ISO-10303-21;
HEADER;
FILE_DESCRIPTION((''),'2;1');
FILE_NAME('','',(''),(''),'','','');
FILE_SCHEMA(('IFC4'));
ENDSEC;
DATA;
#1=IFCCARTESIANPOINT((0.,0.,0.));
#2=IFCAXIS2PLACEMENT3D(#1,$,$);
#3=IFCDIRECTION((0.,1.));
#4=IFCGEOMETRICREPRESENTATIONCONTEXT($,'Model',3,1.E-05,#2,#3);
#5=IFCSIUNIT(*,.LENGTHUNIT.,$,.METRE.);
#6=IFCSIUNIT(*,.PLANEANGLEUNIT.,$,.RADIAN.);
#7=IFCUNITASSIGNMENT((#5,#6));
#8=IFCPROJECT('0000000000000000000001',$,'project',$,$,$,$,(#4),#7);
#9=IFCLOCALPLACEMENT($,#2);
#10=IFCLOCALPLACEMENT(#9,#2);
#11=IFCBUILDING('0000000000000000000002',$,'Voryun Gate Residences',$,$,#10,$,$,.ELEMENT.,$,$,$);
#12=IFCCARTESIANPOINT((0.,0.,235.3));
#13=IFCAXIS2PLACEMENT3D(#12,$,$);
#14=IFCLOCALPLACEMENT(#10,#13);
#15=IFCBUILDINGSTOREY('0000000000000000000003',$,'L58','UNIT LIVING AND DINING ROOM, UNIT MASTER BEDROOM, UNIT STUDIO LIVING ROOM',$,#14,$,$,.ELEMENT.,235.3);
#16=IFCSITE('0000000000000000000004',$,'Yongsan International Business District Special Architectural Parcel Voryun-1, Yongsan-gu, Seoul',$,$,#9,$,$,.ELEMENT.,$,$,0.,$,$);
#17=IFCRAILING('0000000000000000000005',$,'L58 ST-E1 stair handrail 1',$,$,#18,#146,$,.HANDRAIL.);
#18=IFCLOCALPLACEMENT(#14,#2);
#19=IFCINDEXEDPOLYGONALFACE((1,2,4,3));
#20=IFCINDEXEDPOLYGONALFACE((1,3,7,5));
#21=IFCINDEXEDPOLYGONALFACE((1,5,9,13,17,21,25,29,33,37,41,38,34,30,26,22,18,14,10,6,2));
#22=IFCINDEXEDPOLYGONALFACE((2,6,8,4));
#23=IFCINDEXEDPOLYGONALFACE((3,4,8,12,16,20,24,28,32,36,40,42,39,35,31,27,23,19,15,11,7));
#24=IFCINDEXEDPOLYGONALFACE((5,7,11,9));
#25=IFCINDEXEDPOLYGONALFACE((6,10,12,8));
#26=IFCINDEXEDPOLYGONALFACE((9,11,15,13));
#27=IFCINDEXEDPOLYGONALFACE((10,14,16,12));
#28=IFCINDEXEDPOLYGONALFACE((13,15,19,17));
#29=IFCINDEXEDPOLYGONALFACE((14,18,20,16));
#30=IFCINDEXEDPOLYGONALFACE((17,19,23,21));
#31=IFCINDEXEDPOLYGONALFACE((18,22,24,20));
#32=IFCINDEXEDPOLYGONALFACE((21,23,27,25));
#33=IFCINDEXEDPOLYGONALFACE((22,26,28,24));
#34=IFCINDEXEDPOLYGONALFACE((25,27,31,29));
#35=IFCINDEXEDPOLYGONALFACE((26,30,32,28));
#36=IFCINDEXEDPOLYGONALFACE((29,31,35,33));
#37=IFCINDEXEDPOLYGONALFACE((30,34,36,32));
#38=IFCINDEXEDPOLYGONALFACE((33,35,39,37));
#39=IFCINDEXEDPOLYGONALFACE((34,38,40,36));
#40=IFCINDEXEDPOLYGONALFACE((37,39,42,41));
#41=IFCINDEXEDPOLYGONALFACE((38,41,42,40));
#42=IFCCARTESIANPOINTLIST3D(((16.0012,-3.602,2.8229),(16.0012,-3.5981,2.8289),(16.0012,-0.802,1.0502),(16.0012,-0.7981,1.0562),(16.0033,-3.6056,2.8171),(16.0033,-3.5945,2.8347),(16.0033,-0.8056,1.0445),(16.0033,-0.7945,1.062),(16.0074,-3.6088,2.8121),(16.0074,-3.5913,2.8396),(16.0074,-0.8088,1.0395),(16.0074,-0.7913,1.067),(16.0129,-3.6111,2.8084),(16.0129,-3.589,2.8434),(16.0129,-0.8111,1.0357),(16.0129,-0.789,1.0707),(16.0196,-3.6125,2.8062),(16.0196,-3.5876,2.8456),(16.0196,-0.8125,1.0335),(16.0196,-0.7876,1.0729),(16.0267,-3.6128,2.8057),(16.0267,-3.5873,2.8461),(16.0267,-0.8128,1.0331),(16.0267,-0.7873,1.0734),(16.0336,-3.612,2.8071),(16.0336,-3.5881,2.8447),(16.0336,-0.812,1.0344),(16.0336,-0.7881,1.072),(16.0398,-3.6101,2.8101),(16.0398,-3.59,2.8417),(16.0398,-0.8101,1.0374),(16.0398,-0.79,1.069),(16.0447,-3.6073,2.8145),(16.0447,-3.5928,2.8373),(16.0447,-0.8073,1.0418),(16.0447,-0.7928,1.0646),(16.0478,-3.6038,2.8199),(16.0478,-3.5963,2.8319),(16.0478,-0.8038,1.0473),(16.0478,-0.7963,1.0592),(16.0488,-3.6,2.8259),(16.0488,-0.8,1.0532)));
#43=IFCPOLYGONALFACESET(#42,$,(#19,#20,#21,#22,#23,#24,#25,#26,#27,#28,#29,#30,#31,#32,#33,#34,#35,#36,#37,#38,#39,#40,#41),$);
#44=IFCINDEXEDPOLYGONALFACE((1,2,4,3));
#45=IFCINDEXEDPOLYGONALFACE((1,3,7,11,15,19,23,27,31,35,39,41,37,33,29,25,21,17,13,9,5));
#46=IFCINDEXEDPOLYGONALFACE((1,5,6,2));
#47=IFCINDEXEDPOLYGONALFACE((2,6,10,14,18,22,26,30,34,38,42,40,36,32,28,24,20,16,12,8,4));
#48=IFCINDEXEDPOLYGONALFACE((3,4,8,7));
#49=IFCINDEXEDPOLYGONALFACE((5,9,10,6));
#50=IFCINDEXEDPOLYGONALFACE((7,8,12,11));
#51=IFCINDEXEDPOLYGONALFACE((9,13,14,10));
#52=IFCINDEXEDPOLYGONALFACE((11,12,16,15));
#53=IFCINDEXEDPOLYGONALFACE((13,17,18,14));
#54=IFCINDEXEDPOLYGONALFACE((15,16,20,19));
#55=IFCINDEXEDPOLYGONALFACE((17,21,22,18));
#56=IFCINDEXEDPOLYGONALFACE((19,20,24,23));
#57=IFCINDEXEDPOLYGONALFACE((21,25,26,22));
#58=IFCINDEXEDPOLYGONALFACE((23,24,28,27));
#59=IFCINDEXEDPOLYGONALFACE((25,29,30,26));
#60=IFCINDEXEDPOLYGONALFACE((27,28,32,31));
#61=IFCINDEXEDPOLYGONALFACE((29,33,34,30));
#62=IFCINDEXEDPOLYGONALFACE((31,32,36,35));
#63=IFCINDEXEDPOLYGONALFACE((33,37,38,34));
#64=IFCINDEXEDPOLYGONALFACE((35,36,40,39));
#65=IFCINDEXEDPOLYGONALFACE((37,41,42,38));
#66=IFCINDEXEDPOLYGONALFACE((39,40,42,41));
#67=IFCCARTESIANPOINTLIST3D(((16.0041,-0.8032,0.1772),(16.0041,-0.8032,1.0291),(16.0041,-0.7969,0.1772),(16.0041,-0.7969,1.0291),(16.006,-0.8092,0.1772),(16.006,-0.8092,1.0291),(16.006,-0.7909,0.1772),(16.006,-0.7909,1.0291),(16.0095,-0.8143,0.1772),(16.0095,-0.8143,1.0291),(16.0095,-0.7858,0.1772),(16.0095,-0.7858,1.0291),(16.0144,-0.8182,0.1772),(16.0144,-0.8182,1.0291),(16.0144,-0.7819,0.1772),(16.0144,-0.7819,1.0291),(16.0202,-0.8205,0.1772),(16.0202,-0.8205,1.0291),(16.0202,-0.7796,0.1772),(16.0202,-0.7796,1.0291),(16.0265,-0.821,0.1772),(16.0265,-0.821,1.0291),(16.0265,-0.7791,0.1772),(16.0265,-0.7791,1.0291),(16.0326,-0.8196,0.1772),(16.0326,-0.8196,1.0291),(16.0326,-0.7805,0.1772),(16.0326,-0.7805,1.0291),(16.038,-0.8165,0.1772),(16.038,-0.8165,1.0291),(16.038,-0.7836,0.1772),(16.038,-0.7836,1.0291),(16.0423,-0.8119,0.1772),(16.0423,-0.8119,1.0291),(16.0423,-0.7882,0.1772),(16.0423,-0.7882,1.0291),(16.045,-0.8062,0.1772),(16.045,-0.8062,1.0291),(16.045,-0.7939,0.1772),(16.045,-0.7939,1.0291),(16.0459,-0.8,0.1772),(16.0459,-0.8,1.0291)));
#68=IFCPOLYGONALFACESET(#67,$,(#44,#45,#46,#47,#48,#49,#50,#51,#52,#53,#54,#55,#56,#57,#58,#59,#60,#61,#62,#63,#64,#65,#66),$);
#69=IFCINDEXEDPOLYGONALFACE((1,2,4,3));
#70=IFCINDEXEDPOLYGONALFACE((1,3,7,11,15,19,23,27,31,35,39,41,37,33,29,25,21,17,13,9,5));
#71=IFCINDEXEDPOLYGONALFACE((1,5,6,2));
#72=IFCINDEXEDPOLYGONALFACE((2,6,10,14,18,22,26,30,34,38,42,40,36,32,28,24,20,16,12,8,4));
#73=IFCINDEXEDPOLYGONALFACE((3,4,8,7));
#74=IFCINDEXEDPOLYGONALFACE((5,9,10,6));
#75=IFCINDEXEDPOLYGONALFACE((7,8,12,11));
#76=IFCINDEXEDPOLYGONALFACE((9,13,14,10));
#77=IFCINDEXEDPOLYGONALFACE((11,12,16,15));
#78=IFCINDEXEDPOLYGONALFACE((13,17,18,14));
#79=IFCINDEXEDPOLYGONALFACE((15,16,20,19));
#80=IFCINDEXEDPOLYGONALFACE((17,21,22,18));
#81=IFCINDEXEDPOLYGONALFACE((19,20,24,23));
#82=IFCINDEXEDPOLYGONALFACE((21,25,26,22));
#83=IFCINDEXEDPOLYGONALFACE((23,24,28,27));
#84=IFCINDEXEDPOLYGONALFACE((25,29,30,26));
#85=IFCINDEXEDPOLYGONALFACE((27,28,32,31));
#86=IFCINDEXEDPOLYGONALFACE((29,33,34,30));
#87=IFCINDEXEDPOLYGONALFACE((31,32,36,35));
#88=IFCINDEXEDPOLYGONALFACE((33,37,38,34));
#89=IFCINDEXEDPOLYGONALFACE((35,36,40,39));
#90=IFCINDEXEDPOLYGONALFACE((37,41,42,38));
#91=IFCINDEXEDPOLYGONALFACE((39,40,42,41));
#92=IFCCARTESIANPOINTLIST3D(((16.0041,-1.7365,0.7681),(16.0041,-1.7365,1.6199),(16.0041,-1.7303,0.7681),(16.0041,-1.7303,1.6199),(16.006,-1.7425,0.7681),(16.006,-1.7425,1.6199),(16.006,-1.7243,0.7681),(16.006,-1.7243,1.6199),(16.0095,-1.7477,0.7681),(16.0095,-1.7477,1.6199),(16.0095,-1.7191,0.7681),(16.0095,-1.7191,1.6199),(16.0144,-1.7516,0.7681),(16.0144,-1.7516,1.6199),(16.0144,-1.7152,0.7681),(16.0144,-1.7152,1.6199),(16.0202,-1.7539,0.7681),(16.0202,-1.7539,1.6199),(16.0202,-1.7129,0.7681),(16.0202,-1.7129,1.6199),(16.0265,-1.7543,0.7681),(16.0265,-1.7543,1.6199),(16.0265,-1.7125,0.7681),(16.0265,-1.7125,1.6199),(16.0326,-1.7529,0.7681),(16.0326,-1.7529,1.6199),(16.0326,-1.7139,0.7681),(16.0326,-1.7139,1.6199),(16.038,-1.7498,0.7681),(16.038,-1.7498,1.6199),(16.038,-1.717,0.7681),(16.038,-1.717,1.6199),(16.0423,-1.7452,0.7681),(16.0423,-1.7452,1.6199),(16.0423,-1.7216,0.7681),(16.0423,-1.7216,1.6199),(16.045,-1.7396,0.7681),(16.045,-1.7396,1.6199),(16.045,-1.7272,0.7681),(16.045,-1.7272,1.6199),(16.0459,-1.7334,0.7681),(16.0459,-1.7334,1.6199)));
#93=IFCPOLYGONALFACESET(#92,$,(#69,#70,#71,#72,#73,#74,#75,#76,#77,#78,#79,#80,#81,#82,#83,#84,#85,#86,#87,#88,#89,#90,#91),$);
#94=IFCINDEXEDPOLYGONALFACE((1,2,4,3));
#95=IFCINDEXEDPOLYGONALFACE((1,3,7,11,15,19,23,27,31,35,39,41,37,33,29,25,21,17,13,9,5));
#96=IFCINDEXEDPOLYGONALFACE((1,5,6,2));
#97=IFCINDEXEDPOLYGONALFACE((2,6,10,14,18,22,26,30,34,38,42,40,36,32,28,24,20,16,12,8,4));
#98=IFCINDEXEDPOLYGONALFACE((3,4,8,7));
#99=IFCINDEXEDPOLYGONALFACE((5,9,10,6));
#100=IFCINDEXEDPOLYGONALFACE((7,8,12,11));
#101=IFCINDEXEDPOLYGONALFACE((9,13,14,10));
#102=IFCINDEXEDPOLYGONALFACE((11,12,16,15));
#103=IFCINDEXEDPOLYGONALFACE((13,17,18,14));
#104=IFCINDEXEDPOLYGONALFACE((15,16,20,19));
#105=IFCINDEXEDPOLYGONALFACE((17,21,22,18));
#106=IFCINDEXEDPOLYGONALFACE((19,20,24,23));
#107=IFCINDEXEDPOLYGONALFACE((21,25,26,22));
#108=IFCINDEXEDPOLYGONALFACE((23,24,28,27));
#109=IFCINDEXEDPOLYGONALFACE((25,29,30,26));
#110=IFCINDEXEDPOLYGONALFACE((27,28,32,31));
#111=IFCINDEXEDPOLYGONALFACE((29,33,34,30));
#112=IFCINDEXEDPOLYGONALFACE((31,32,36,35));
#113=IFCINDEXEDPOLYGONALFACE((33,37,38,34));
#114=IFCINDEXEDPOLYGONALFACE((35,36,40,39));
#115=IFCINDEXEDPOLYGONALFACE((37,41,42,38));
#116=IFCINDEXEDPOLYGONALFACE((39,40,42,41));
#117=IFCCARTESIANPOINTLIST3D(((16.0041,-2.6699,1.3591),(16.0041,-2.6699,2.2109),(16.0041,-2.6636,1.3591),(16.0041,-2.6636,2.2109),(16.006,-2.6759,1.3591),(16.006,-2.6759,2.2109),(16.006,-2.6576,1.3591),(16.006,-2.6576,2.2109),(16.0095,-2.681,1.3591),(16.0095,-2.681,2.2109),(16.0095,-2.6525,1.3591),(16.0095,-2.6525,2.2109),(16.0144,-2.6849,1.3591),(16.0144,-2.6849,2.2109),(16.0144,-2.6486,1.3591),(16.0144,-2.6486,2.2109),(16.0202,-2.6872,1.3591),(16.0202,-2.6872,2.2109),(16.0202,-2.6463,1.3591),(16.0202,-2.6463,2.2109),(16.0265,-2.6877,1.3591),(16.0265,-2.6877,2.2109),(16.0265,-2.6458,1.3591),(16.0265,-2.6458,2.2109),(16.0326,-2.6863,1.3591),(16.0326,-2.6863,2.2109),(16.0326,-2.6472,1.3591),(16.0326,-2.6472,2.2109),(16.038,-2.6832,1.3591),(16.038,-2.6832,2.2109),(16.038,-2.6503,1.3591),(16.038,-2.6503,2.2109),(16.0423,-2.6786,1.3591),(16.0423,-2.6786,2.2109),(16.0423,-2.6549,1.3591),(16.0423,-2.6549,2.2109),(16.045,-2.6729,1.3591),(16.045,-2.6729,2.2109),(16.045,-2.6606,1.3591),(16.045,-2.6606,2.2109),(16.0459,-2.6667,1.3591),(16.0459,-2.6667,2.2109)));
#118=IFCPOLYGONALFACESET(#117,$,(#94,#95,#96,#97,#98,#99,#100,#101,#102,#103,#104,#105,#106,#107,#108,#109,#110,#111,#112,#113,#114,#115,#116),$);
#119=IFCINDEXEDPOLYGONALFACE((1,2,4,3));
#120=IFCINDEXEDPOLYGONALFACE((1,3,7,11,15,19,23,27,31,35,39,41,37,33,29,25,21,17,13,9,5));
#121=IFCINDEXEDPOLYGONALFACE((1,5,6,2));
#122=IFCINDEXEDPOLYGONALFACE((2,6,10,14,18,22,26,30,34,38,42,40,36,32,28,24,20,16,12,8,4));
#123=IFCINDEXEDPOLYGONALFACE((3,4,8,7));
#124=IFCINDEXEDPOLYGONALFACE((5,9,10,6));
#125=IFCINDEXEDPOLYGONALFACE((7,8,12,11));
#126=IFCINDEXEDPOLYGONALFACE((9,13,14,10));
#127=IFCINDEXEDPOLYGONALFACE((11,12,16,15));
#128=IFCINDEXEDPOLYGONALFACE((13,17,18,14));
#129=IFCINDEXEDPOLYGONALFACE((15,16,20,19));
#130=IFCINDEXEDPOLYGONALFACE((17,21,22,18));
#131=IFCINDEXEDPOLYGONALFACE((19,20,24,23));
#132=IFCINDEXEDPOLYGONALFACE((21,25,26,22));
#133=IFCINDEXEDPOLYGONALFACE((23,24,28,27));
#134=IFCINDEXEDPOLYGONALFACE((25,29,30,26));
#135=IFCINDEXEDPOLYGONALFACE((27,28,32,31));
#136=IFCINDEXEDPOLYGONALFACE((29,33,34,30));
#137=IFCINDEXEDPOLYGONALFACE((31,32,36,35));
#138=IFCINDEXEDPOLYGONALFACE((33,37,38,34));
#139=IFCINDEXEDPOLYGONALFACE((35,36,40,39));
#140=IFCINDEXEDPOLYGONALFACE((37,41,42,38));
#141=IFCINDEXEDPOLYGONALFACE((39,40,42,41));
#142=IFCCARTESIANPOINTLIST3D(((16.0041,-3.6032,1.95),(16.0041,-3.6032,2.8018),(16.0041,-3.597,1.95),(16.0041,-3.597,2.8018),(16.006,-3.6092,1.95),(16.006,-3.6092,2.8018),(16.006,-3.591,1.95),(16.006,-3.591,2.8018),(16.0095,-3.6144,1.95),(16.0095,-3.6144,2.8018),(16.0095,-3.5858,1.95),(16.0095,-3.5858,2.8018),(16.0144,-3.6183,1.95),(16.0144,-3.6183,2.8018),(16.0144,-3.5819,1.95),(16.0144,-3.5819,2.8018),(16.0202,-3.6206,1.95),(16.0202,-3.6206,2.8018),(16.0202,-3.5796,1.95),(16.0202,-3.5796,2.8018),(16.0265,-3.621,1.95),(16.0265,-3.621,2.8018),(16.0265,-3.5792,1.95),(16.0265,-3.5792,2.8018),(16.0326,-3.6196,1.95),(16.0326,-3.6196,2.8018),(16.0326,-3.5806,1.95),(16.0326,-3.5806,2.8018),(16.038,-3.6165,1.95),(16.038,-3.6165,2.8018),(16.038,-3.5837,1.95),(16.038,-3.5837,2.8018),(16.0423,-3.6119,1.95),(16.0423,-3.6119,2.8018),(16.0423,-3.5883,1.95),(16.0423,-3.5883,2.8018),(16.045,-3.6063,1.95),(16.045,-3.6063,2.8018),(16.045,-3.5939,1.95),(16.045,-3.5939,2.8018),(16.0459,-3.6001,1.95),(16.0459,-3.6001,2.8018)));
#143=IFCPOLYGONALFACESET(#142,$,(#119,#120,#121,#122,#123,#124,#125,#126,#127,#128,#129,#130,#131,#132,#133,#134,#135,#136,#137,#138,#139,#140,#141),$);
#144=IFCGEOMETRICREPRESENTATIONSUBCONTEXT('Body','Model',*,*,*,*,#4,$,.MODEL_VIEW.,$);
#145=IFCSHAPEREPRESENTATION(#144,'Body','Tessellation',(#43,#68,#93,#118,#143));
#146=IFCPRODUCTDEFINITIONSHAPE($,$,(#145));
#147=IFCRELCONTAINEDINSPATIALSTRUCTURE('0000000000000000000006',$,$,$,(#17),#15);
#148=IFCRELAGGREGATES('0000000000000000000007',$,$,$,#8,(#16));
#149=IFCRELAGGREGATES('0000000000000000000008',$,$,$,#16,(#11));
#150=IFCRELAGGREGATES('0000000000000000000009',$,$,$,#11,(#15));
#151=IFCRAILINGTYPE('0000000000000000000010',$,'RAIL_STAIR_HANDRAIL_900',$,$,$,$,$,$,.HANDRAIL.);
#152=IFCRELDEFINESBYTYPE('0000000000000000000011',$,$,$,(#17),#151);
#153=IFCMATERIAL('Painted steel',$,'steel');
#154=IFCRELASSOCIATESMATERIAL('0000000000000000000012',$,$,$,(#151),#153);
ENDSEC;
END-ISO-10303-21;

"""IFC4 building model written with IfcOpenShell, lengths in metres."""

from ifc_helpers import new_model, si_unit, direction, frame, origin, origin_2d, place, context, subcontext, project, spatial, circle, extrude, material, type_object, element, save


model = new_model("IFC4")

# Units and contexts
model_context = context("Model", 3, precision=1e-05, world=origin(), true_north=direction((0.0, 1.0)))
body_context = subcontext(model_context, "Body", "Model", "MODEL_VIEW")
ifc_project = project(units=[si_unit("LENGTHUNIT", "METRE"), si_unit("PLANEANGLEUNIT", "RADIAN")], contexts=[model_context])

# Site, building, storey
site_placement = place(None, origin())
site = spatial("IfcSite", under=ifc_project, at=site_placement, Name="Yongsan International Business District Special Architectural Parcel Voryun-1, Yongsan-gu, Seoul", CompositionType="ELEMENT", RefElevation=0.0)
building_placement = place(site_placement, origin())
building = spatial("IfcBuilding", under=site, at=building_placement, Name="Voryun Gate Residences", CompositionType="ELEMENT")
storey_placement = place(building_placement, frame((0.0, 0.0, 235.3)))
storey = spatial("IfcBuildingStorey", under=building, at=storey_placement, Name="L58", Description="UNIT LIVING AND DINING ROOM, UNIT MASTER BEDROOM, UNIT STUDIO LIVING ROOM", CompositionType="ELEMENT", Elevation=235.3)

# Railing
ifc_material_1 = material(Name="Painted steel", Category="steel")
railing_type_1 = type_object("IfcRailingType", Name="RAIL_STAIR_HANDRAIL_900", PredefinedType="HANDRAIL", material=ifc_material_1)
railing_1_placement = place(storey_placement, frame((16.0249, -0.8, 0.1772)))
element("IfcRailing", 1, at=railing_1_placement, inside=storey, type_object=railing_type_1, Name="L58 ST-E1 stair handrail 1", PredefinedType="HANDRAIL", context=body_context, shape_type="SweptSolid", body=[
    extrude(circle(Radius=0.0239, at=origin_2d()), frame((0.0, 0.0, 0.876), z_axis=(0.0, -0.844909, 0.53491), x_axis=(1.0, 0.0, 0.0)), (0.0, 0.0, 1.0), 3.314),
    extrude(circle(Radius=0.021, at=origin_2d()), origin(), (0.0, 0.0, 1.0), 0.8518),
    extrude(circle(Radius=0.021, at=origin_2d()), frame((0.0, -0.9333, 0.5908)), (0.0, 0.0, 1.0), 0.8518),
    extrude(circle(Radius=0.021, at=origin_2d()), frame((0.0, -1.8667, 1.1819)), (0.0, 0.0, 1.0), 0.8518),
    extrude(circle(Radius=0.021, at=origin_2d()), frame((0.0, -2.8, 1.7727)), (0.0, 0.0, 1.0), 0.8518),
])

save(model, "model.ifc")
